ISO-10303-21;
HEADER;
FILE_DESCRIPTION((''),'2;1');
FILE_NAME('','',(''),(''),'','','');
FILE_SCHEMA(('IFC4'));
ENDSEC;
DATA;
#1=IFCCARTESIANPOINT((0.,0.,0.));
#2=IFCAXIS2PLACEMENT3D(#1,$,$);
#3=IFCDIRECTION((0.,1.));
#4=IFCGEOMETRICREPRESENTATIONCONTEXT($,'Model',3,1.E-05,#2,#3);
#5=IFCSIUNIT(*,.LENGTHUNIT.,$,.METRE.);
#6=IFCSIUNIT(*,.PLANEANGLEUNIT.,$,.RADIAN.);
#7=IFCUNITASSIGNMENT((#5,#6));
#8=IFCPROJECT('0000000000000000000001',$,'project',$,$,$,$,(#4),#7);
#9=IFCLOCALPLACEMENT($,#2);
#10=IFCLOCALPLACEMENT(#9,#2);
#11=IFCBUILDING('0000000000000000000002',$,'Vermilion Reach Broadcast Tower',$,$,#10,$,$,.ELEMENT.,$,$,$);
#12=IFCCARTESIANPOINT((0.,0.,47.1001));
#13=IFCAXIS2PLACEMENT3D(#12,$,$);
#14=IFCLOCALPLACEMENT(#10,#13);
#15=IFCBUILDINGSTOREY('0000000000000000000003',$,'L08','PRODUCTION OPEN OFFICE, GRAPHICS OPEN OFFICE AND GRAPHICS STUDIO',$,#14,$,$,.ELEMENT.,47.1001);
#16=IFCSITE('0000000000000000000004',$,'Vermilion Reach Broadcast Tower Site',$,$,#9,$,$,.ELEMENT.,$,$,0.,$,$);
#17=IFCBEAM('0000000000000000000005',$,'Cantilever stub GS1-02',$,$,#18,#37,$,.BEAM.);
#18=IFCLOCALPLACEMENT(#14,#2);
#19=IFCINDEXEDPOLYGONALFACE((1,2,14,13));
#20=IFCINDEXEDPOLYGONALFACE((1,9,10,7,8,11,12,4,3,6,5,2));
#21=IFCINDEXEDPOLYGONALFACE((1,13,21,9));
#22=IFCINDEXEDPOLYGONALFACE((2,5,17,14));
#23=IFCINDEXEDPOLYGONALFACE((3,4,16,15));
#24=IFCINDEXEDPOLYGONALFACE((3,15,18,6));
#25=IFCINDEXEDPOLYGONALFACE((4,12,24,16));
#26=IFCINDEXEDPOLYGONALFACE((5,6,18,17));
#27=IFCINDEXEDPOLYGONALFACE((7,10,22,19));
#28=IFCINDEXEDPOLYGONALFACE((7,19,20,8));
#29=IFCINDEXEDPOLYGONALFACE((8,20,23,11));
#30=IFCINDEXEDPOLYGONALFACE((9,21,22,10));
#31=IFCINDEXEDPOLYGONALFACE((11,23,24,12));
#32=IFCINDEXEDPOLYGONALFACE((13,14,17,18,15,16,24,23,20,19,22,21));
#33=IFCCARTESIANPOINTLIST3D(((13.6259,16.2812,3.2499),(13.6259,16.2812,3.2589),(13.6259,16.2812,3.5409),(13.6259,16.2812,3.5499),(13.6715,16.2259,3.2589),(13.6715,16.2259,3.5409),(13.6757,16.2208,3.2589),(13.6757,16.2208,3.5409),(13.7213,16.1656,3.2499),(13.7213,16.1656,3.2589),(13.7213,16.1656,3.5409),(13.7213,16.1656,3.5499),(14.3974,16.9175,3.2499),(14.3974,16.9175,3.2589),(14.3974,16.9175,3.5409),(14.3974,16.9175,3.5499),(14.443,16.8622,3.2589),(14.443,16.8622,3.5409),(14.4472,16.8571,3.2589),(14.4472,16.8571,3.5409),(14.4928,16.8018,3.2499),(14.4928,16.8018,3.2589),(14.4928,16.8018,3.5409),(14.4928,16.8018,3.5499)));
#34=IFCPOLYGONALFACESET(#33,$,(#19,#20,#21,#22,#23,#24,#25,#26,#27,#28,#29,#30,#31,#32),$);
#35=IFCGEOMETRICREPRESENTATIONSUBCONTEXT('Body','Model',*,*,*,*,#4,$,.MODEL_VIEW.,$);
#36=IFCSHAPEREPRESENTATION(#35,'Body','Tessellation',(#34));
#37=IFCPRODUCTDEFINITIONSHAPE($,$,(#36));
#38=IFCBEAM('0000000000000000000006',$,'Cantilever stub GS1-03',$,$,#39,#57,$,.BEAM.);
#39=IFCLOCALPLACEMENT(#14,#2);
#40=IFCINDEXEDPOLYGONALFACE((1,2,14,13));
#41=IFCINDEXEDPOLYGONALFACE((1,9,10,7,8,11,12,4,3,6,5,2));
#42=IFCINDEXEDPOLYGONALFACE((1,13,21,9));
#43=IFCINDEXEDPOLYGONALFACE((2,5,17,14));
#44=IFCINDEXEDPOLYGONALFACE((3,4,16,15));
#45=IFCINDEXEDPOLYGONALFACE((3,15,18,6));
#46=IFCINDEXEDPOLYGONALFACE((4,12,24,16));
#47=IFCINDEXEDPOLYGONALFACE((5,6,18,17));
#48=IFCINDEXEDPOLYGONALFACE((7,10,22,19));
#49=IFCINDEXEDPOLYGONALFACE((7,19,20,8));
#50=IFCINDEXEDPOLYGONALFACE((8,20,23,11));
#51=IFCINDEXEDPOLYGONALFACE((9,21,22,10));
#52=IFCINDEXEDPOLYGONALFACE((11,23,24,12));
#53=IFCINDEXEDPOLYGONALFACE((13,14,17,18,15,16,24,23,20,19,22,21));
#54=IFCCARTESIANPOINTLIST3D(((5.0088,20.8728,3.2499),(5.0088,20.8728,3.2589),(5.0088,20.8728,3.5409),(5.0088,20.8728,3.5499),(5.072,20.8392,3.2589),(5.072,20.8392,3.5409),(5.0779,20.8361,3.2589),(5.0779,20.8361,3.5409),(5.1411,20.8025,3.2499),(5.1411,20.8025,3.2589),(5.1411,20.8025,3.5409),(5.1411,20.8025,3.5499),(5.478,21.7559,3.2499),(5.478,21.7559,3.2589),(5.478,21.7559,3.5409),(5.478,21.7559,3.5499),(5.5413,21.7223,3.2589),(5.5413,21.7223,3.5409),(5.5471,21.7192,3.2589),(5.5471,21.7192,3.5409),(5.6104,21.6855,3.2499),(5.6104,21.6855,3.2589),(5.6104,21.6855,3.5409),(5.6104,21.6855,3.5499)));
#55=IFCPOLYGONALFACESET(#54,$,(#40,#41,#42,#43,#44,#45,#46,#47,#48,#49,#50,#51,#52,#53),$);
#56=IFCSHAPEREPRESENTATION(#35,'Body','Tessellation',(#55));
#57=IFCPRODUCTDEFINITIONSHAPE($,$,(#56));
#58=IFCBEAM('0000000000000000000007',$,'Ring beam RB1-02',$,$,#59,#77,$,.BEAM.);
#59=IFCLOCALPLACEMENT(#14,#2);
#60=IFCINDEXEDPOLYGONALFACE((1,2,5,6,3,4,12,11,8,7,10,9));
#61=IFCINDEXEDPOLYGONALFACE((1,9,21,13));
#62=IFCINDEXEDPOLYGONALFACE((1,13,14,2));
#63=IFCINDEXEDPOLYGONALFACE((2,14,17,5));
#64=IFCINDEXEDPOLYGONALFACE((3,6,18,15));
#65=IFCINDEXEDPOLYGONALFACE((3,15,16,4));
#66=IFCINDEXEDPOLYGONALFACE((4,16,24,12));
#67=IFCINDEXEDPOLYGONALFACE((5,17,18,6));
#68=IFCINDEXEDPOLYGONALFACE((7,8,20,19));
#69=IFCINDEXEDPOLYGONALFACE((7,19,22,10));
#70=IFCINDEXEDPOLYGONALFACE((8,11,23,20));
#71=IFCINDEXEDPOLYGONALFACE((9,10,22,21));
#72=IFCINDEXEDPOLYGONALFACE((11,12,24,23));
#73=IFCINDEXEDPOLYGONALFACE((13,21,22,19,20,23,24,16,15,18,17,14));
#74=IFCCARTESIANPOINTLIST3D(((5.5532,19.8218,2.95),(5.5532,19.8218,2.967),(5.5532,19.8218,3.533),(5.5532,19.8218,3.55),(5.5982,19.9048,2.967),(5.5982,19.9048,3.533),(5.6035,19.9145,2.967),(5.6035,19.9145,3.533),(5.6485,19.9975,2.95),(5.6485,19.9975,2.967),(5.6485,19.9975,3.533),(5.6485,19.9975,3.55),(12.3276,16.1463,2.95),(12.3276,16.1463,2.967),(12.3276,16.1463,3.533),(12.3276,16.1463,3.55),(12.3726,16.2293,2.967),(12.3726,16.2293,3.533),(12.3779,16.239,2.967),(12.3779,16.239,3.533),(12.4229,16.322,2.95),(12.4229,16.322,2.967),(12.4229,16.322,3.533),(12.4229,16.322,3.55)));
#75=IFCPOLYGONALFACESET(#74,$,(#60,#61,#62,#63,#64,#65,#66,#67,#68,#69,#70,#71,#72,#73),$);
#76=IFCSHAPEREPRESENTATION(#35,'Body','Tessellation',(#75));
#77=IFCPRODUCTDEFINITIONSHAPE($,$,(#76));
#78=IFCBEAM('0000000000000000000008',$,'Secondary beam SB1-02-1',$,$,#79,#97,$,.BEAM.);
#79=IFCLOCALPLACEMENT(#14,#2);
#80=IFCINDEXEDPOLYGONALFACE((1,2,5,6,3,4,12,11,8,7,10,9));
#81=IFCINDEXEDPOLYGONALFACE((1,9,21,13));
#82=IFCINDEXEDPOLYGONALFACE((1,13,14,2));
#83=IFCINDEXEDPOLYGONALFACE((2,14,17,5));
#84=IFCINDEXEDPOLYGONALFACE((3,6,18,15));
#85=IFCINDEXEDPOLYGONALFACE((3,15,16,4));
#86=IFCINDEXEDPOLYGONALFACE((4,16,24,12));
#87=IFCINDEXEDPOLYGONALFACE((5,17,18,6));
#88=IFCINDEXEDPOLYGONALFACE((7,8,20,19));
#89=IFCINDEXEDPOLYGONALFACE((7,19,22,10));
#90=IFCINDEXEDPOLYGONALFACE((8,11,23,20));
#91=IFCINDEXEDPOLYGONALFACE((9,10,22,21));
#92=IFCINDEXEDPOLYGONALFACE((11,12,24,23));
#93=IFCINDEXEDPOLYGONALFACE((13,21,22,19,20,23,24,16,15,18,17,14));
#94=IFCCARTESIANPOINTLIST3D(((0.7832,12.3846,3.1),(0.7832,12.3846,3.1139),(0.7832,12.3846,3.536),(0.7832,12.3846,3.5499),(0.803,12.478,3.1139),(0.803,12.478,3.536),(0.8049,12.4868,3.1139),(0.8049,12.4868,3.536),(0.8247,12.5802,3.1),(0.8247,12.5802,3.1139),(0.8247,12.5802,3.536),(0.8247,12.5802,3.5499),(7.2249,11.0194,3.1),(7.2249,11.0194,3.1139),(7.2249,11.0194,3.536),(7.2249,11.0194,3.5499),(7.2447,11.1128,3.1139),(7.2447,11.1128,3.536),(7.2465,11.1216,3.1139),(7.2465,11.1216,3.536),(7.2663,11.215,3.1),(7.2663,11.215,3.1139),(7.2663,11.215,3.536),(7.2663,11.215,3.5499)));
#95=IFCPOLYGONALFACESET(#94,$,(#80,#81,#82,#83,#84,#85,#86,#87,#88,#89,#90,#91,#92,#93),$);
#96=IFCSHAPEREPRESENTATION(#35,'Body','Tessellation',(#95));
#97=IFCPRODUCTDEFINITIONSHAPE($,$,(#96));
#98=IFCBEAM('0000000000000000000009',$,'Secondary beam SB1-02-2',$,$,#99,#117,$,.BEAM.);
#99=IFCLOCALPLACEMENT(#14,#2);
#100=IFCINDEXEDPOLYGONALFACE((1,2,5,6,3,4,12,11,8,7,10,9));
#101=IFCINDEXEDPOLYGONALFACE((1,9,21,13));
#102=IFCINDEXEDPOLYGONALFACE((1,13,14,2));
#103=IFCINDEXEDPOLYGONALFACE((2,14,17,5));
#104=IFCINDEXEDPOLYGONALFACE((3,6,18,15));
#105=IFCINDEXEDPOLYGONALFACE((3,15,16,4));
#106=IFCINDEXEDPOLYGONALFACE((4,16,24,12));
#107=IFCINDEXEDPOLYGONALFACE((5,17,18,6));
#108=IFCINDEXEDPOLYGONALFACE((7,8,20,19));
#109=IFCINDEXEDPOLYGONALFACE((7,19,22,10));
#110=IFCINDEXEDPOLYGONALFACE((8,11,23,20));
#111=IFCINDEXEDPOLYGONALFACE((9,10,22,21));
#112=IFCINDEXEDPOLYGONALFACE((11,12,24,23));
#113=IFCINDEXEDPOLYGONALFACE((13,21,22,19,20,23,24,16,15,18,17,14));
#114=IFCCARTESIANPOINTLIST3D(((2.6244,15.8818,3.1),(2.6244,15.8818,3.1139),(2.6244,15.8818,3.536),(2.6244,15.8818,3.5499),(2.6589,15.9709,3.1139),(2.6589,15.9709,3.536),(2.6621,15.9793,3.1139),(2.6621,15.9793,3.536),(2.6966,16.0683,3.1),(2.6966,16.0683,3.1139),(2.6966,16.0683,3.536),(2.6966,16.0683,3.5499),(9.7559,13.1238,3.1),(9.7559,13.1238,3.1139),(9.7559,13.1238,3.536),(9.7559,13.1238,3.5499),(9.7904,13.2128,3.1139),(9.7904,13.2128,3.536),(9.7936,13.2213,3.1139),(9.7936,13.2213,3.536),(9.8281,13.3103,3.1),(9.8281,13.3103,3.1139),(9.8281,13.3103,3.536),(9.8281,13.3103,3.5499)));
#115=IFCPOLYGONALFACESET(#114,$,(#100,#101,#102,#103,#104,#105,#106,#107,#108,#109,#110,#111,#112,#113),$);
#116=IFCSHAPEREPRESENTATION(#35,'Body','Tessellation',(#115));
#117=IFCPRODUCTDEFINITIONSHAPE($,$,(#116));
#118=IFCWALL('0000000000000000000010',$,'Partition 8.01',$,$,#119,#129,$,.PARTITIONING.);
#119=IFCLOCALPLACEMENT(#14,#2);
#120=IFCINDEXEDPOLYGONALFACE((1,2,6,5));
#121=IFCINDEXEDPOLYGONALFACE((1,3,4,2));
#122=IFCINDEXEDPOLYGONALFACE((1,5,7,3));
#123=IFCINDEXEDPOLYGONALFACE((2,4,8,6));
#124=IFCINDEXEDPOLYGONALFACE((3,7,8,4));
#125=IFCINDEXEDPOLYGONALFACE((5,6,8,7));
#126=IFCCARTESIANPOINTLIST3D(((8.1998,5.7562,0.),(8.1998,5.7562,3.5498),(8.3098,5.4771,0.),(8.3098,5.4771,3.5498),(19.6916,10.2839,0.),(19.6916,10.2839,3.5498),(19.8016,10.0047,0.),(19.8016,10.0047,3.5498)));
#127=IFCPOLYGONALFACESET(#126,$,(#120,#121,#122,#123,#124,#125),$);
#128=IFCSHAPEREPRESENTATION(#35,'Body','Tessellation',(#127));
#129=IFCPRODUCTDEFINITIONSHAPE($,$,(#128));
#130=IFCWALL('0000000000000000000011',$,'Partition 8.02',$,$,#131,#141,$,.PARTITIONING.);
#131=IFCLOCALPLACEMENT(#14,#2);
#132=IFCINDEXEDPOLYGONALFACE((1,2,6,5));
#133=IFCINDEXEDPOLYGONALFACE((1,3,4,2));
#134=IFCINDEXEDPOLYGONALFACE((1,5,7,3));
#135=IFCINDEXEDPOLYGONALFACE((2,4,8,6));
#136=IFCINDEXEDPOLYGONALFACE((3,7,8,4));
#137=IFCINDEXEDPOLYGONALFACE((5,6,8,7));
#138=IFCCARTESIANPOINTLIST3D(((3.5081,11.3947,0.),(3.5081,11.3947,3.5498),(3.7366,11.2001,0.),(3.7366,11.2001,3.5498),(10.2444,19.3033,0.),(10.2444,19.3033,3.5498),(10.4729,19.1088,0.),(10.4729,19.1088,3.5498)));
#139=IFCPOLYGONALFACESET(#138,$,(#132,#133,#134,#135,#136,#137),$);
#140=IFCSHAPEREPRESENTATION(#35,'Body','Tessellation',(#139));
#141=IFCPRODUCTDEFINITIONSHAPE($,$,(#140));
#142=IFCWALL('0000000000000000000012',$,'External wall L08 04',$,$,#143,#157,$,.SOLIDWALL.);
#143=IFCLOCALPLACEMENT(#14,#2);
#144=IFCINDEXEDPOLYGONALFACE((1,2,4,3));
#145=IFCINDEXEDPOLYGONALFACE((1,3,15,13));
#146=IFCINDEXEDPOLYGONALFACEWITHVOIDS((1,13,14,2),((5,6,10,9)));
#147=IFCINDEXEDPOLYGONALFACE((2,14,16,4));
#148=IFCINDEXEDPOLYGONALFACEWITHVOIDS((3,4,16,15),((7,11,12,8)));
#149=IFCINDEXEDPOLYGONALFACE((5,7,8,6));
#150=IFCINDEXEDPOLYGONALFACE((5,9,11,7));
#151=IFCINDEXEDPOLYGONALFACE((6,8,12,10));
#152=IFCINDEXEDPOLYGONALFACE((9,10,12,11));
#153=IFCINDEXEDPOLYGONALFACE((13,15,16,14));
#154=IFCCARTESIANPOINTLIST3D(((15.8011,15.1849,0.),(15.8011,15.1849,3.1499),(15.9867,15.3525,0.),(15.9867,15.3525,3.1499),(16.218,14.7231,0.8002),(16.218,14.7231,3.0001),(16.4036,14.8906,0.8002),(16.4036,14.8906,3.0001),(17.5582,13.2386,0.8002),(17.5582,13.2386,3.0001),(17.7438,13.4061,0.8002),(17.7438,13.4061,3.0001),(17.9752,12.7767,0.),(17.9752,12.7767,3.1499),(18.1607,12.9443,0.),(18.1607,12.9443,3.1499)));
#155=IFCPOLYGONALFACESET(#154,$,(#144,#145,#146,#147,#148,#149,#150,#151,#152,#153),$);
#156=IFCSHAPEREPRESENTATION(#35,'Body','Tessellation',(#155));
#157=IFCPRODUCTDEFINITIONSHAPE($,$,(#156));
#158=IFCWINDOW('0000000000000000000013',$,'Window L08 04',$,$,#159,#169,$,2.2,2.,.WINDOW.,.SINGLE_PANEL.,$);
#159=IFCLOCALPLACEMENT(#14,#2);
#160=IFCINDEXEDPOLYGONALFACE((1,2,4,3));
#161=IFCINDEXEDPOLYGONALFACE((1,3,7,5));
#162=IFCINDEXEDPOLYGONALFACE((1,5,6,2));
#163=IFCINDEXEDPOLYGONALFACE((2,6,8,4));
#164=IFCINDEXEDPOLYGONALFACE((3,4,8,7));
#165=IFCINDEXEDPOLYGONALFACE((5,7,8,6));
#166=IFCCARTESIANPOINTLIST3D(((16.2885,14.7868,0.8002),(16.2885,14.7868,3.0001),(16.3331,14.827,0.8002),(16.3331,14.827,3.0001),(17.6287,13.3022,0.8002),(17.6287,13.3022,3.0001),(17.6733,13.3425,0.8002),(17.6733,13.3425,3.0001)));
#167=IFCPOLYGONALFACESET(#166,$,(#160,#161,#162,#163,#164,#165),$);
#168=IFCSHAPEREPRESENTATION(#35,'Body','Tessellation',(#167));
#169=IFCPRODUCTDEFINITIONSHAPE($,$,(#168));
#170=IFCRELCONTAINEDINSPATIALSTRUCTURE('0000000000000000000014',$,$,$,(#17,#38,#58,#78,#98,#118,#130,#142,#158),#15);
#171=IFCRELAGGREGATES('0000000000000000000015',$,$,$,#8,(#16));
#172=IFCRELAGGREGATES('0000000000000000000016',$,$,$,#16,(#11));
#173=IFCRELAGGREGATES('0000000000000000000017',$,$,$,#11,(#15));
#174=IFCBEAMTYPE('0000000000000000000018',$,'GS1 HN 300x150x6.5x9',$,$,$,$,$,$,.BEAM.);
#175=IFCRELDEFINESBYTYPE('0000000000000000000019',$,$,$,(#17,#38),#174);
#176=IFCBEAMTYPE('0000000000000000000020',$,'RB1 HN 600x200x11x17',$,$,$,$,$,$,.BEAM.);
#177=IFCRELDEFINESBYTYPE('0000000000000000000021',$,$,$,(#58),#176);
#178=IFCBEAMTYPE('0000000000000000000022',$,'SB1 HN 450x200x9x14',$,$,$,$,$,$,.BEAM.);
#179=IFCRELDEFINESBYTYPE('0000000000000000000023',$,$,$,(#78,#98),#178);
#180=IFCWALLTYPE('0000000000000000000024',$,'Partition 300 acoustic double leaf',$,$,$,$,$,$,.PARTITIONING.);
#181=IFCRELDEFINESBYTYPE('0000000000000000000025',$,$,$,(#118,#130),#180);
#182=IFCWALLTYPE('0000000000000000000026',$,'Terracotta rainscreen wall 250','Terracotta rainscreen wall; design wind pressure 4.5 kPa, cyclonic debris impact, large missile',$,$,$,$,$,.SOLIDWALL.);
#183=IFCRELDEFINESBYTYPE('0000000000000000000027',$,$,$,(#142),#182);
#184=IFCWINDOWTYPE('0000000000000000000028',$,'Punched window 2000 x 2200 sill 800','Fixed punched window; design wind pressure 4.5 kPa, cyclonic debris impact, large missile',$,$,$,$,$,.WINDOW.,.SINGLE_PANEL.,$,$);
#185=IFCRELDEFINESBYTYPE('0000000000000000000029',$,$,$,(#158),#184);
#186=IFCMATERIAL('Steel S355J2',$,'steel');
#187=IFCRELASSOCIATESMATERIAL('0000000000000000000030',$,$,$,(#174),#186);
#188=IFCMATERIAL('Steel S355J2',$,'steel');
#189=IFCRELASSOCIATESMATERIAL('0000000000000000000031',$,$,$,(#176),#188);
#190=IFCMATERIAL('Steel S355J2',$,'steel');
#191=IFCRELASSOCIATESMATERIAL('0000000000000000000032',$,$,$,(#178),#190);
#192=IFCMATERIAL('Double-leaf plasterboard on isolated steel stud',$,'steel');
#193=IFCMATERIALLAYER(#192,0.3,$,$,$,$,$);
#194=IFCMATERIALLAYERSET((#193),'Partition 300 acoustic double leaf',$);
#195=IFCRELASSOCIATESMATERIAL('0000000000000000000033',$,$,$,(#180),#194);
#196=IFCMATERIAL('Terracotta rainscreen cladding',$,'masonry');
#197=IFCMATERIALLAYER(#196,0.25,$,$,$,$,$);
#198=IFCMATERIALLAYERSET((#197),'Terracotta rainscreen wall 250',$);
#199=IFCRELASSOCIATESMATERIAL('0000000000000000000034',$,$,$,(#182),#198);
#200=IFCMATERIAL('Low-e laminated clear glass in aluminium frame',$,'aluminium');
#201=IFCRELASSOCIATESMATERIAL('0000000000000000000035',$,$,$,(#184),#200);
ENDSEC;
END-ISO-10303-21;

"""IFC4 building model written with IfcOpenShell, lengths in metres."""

from ifc_helpers import new_model, si_unit, direction, frame, frame_2d, origin, origin_2d, place, context, subcontext, project, spatial, rectangle, i_section, extrude, material, layer, layer_set, material_profile, profile_set, type_object, element, fill, save


model = new_model("IFC4")

# Units and contexts
model_context = context("Model", 3, precision=1e-05, world=origin(), true_north=direction((0.0, 1.0)))
body_context = subcontext(model_context, "Body", "Model", "MODEL_VIEW")
ifc_project = project(units=[si_unit("LENGTHUNIT", "METRE"), si_unit("PLANEANGLEUNIT", "RADIAN")], contexts=[model_context])

# Site, building, storey
site_placement = place(None, origin())
site = spatial("IfcSite", under=ifc_project, at=site_placement, Name="Vermilion Reach Broadcast Tower Site", CompositionType="ELEMENT", RefElevation=0.0)
building_placement = place(site_placement, origin())
building = spatial("IfcBuilding", under=site, at=building_placement, Name="Vermilion Reach Broadcast Tower", CompositionType="ELEMENT")
storey_placement = place(building_placement, frame((0.0, 0.0, 47.1001)))
storey = spatial("IfcBuildingStorey", under=building, at=storey_placement, Name="L08", Description="PRODUCTION OPEN OFFICE, GRAPHICS OPEN OFFICE AND GRAPHICS STUDIO", CompositionType="ELEMENT", Elevation=47.1001)

# Beams
ifc_material_1 = material(Name="Steel S355J2", Category="steel")
ifc_material_profile_1 = material_profile(ifc_material_1, i_section(OverallWidth=0.1499, OverallDepth=0.3, WebThickness=0.0066, FlangeThickness=0.009, at=origin_2d()), Name="S355J2 HN 300x150x6.5x9")
ifc_profile_set_1 = profile_set([ifc_material_profile_1], Name="Steel S355J2")
beam_type_1 = type_object("IfcBeamType", Name="GS1 HN 300x150x6.5x9", PredefinedType="BEAM", material=ifc_profile_set_1)
for number, where, z_axis, x_axis, name in (
    (1, (13.6736, 16.2234, 3.3999), (0.771493, 0.636238, 0.0), (-0.636238, 0.771493, 0.0), "Cantilever stub GS1-02"),
    (2, (5.075, 20.8376, 3.3999), (0.469244, 0.883068, 0.0), (-0.883068, 0.469244, 0.0), "Cantilever stub GS1-03"),
):
    element("IfcBeam", number, at=place(storey_placement, frame(where, z_axis=z_axis, x_axis=x_axis)), inside=storey, type_object=beam_type_1, Name=name, PredefinedType="BEAM", context=body_context, shape_type="SweptSolid", body=[
        extrude(i_section(OverallWidth=0.1499, OverallDepth=0.3, WebThickness=0.0066, FlangeThickness=0.009, at=origin_2d()), origin(), (0.0, 0.0, 1.0), 1.0),
    ])
ifc_material_2 = material(Name="Steel S355J2", Category="steel")
ifc_material_profile_2 = material_profile(ifc_material_2, i_section(OverallWidth=0.2, OverallDepth=0.6001, WebThickness=0.011, FlangeThickness=0.0171, at=origin_2d()), Name="S355J2 HN 600x200x11x17")
ifc_profile_set_2 = profile_set([ifc_material_profile_2], Name="Steel S355J2")
beam_type_2 = type_object("IfcBeamType", Name="RB1 HN 600x200x11x17", PredefinedType="BEAM", material=ifc_profile_set_2)
beam_1_placement = place(storey_placement, frame((12.3752, 16.2341, 3.25), z_axis=(-0.878962, 0.476891, 0.0), x_axis=(-0.476891, -0.878962, 0.0)))
element("IfcBeam", 3, at=beam_1_placement, inside=storey, type_object=beam_type_2, Name="Ring beam RB1-02", PredefinedType="BEAM", context=body_context, shape_type="SweptSolid", body=[
    extrude(i_section(OverallWidth=0.2, OverallDepth=0.6001, WebThickness=0.011, FlangeThickness=0.0171, at=origin_2d()), origin(), (0.0, 0.0, 1.0), 7.7073),
])
ifc_material_3 = material(Name="Steel S355J2", Category="steel")
ifc_material_profile_3 = material_profile(ifc_material_3, i_section(OverallWidth=0.2, OverallDepth=0.45, WebThickness=0.009, FlangeThickness=0.0139, at=origin_2d()), Name="S355J2 HN 450x200x9x14")
ifc_profile_set_3 = profile_set([ifc_material_profile_3], Name="Steel S355J2")
beam_type_3 = type_object("IfcBeamType", Name="SB1 HN 450x200x9x14", PredefinedType="BEAM", material=ifc_profile_set_3)
beam_2_placement = place(storey_placement, frame((7.2456, 11.1172, 3.325), z_axis=(-0.97827, 0.207333, 0.0), x_axis=(-0.207333, -0.97827, 0.0)))
element("IfcBeam", 4, at=beam_2_placement, inside=storey, type_object=beam_type_3, Name="Secondary beam SB1-02-1", PredefinedType="BEAM", context=body_context, shape_type="SweptSolid", body=[
    extrude(i_section(OverallWidth=0.2, OverallDepth=0.45, WebThickness=0.009, FlangeThickness=0.0139, at=origin_2d()), origin(), (0.0, 0.0, 1.0), 6.5847),
])
beam_3_placement = place(storey_placement, frame((9.792, 13.217, 3.325), z_axis=(-0.932681, 0.360703, 0.0), x_axis=(-0.360703, -0.932681, 0.0)))
element("IfcBeam", 5, at=beam_3_placement, inside=storey, type_object=beam_type_3, Name="Secondary beam SB1-02-2", PredefinedType="BEAM", context=body_context, shape_type="SweptSolid", body=[
    extrude(i_section(OverallWidth=0.2, OverallDepth=0.45, WebThickness=0.009, FlangeThickness=0.0139, at=origin_2d()), origin(), (0.0, 0.0, 1.0), 7.6462),
])

# Walls
ifc_material_4 = material(Name="Double-leaf plasterboard on isolated steel stud", Category="steel")
ifc_layer_1 = layer(ifc_material_4, 0.3)
ifc_layer_set_1 = layer_set([ifc_layer_1], Name="Partition 300 acoustic double leaf")
wall_type_1 = type_object("IfcWallType", Name="Partition 300 acoustic double leaf", PredefinedType="PARTITIONING", material=ifc_layer_set_1)
wall_1_placement = place(storey_placement, frame((19.7466, 10.1443, 0.0), z_axis=(0.0, 0.0, 1.0), x_axis=(-0.930393, -0.366563, 0.0)))
element("IfcWall", 6, at=wall_1_placement, inside=storey, type_object=wall_type_1, Name="Partition 8.01", PredefinedType="PARTITIONING", context=body_context, shape_type="SweptSolid", body=[
    extrude(rectangle(XDim=12.3516, YDim=0.3, at=frame_2d((6.1758, 0.0))), origin(), (0.0, 0.0, 1.0), 3.5498),
])
wall_2_placement = place(storey_placement, frame((10.3586, 19.2061, 0.0), z_axis=(0.0, 0.0, 1.0), x_axis=(-0.648427, -0.761277, 0.0)))
element("IfcWall", 7, at=wall_2_placement, inside=storey, type_object=wall_type_1, Name="Partition 8.02", PredefinedType="PARTITIONING", context=body_context, shape_type="SweptSolid", body=[
    extrude(rectangle(XDim=10.3887, YDim=0.3, at=frame_2d((5.1943, 0.0))), origin(), (0.0, 0.0, 1.0), 3.5498),
])

# Shared definitions
ifc_material_5 = material(Name="Terracotta rainscreen cladding", Category="masonry")
ifc_layer_2 = layer(ifc_material_5, 0.25)
ifc_layer_set_2 = layer_set([ifc_layer_2], Name="Terracotta rainscreen wall 250")
wall_type_2 = type_object("IfcWallType", Name="Terracotta rainscreen wall 250", Description="Terracotta rainscreen wall; design wind pressure 4.5 kPa, cyclonic debris impact, large missile", PredefinedType="SOLIDWALL", material=ifc_layer_set_2)

# Wall, opening, window
wall_3_placement = place(storey_placement, frame((18.0679, 12.8606, 0.0), z_axis=(0.0, 0.0, 1.0), x_axis=(-0.670103, 0.742268, 0.0)))
wall_3 = element("IfcWall", 8, at=wall_3_placement, inside=storey, type_object=wall_type_2, Name="External wall L08 04", PredefinedType="SOLIDWALL", context=body_context, shape_type="SweptSolid", body=[
    extrude(rectangle(XDim=3.2444, YDim=0.25, at=frame_2d((1.6221, 0.0))), origin(), (0.0, 0.0, 1.0), 3.1499),
])
opening_1_placement = place(wall_3_placement, frame((0.6221, 0.0, 0.8)))
opening_1 = element("IfcOpeningElement", 9, at=opening_1_placement, cuts=wall_3, PredefinedType="OPENING", context=body_context, shape_type="SweptSolid", body=[
    extrude(rectangle(XDim=2.0, YDim=2.2, at=frame_2d((1.0, 1.1001))), frame((0.0, 0.135, 0.0), z_axis=(0.0, -1.0, 0.0), x_axis=(1.0, 0.0, 0.0)), (0.0, 0.0, 1.0), 0.27),
])
ifc_material_6 = material(Name="Low-e laminated clear glass in aluminium frame", Category="aluminium")
window_type_1 = type_object("IfcWindowType", Name="Punched window 2000 x 2200 sill 800", Description="Fixed punched window; design wind pressure 4.5 kPa, cyclonic debris impact, large missile", PartitioningType="SINGLE_PANEL", PredefinedType="WINDOW", material=ifc_material_6)
window_1_placement = place(opening_1_placement, origin())
window_1 = element("IfcWindow", 10, at=window_1_placement, inside=storey, type_object=window_type_1, Name="Window L08 04", OverallHeight=2.2, OverallWidth=2.0, PartitioningType="SINGLE_PANEL", PredefinedType="WINDOW", context=body_context, shape_type="SweptSolid", body=[
    extrude(rectangle(XDim=2.0, YDim=2.2, at=frame_2d((1.0, 1.1001))), frame((0.0, 0.03, 0.0), z_axis=(0.0, -1.0, 0.0), x_axis=(1.0, 0.0, 0.0)), (0.0, 0.0, 1.0), 0.0601),
])
fill(opening_1, window_1)

save(model, "model.ifc")
